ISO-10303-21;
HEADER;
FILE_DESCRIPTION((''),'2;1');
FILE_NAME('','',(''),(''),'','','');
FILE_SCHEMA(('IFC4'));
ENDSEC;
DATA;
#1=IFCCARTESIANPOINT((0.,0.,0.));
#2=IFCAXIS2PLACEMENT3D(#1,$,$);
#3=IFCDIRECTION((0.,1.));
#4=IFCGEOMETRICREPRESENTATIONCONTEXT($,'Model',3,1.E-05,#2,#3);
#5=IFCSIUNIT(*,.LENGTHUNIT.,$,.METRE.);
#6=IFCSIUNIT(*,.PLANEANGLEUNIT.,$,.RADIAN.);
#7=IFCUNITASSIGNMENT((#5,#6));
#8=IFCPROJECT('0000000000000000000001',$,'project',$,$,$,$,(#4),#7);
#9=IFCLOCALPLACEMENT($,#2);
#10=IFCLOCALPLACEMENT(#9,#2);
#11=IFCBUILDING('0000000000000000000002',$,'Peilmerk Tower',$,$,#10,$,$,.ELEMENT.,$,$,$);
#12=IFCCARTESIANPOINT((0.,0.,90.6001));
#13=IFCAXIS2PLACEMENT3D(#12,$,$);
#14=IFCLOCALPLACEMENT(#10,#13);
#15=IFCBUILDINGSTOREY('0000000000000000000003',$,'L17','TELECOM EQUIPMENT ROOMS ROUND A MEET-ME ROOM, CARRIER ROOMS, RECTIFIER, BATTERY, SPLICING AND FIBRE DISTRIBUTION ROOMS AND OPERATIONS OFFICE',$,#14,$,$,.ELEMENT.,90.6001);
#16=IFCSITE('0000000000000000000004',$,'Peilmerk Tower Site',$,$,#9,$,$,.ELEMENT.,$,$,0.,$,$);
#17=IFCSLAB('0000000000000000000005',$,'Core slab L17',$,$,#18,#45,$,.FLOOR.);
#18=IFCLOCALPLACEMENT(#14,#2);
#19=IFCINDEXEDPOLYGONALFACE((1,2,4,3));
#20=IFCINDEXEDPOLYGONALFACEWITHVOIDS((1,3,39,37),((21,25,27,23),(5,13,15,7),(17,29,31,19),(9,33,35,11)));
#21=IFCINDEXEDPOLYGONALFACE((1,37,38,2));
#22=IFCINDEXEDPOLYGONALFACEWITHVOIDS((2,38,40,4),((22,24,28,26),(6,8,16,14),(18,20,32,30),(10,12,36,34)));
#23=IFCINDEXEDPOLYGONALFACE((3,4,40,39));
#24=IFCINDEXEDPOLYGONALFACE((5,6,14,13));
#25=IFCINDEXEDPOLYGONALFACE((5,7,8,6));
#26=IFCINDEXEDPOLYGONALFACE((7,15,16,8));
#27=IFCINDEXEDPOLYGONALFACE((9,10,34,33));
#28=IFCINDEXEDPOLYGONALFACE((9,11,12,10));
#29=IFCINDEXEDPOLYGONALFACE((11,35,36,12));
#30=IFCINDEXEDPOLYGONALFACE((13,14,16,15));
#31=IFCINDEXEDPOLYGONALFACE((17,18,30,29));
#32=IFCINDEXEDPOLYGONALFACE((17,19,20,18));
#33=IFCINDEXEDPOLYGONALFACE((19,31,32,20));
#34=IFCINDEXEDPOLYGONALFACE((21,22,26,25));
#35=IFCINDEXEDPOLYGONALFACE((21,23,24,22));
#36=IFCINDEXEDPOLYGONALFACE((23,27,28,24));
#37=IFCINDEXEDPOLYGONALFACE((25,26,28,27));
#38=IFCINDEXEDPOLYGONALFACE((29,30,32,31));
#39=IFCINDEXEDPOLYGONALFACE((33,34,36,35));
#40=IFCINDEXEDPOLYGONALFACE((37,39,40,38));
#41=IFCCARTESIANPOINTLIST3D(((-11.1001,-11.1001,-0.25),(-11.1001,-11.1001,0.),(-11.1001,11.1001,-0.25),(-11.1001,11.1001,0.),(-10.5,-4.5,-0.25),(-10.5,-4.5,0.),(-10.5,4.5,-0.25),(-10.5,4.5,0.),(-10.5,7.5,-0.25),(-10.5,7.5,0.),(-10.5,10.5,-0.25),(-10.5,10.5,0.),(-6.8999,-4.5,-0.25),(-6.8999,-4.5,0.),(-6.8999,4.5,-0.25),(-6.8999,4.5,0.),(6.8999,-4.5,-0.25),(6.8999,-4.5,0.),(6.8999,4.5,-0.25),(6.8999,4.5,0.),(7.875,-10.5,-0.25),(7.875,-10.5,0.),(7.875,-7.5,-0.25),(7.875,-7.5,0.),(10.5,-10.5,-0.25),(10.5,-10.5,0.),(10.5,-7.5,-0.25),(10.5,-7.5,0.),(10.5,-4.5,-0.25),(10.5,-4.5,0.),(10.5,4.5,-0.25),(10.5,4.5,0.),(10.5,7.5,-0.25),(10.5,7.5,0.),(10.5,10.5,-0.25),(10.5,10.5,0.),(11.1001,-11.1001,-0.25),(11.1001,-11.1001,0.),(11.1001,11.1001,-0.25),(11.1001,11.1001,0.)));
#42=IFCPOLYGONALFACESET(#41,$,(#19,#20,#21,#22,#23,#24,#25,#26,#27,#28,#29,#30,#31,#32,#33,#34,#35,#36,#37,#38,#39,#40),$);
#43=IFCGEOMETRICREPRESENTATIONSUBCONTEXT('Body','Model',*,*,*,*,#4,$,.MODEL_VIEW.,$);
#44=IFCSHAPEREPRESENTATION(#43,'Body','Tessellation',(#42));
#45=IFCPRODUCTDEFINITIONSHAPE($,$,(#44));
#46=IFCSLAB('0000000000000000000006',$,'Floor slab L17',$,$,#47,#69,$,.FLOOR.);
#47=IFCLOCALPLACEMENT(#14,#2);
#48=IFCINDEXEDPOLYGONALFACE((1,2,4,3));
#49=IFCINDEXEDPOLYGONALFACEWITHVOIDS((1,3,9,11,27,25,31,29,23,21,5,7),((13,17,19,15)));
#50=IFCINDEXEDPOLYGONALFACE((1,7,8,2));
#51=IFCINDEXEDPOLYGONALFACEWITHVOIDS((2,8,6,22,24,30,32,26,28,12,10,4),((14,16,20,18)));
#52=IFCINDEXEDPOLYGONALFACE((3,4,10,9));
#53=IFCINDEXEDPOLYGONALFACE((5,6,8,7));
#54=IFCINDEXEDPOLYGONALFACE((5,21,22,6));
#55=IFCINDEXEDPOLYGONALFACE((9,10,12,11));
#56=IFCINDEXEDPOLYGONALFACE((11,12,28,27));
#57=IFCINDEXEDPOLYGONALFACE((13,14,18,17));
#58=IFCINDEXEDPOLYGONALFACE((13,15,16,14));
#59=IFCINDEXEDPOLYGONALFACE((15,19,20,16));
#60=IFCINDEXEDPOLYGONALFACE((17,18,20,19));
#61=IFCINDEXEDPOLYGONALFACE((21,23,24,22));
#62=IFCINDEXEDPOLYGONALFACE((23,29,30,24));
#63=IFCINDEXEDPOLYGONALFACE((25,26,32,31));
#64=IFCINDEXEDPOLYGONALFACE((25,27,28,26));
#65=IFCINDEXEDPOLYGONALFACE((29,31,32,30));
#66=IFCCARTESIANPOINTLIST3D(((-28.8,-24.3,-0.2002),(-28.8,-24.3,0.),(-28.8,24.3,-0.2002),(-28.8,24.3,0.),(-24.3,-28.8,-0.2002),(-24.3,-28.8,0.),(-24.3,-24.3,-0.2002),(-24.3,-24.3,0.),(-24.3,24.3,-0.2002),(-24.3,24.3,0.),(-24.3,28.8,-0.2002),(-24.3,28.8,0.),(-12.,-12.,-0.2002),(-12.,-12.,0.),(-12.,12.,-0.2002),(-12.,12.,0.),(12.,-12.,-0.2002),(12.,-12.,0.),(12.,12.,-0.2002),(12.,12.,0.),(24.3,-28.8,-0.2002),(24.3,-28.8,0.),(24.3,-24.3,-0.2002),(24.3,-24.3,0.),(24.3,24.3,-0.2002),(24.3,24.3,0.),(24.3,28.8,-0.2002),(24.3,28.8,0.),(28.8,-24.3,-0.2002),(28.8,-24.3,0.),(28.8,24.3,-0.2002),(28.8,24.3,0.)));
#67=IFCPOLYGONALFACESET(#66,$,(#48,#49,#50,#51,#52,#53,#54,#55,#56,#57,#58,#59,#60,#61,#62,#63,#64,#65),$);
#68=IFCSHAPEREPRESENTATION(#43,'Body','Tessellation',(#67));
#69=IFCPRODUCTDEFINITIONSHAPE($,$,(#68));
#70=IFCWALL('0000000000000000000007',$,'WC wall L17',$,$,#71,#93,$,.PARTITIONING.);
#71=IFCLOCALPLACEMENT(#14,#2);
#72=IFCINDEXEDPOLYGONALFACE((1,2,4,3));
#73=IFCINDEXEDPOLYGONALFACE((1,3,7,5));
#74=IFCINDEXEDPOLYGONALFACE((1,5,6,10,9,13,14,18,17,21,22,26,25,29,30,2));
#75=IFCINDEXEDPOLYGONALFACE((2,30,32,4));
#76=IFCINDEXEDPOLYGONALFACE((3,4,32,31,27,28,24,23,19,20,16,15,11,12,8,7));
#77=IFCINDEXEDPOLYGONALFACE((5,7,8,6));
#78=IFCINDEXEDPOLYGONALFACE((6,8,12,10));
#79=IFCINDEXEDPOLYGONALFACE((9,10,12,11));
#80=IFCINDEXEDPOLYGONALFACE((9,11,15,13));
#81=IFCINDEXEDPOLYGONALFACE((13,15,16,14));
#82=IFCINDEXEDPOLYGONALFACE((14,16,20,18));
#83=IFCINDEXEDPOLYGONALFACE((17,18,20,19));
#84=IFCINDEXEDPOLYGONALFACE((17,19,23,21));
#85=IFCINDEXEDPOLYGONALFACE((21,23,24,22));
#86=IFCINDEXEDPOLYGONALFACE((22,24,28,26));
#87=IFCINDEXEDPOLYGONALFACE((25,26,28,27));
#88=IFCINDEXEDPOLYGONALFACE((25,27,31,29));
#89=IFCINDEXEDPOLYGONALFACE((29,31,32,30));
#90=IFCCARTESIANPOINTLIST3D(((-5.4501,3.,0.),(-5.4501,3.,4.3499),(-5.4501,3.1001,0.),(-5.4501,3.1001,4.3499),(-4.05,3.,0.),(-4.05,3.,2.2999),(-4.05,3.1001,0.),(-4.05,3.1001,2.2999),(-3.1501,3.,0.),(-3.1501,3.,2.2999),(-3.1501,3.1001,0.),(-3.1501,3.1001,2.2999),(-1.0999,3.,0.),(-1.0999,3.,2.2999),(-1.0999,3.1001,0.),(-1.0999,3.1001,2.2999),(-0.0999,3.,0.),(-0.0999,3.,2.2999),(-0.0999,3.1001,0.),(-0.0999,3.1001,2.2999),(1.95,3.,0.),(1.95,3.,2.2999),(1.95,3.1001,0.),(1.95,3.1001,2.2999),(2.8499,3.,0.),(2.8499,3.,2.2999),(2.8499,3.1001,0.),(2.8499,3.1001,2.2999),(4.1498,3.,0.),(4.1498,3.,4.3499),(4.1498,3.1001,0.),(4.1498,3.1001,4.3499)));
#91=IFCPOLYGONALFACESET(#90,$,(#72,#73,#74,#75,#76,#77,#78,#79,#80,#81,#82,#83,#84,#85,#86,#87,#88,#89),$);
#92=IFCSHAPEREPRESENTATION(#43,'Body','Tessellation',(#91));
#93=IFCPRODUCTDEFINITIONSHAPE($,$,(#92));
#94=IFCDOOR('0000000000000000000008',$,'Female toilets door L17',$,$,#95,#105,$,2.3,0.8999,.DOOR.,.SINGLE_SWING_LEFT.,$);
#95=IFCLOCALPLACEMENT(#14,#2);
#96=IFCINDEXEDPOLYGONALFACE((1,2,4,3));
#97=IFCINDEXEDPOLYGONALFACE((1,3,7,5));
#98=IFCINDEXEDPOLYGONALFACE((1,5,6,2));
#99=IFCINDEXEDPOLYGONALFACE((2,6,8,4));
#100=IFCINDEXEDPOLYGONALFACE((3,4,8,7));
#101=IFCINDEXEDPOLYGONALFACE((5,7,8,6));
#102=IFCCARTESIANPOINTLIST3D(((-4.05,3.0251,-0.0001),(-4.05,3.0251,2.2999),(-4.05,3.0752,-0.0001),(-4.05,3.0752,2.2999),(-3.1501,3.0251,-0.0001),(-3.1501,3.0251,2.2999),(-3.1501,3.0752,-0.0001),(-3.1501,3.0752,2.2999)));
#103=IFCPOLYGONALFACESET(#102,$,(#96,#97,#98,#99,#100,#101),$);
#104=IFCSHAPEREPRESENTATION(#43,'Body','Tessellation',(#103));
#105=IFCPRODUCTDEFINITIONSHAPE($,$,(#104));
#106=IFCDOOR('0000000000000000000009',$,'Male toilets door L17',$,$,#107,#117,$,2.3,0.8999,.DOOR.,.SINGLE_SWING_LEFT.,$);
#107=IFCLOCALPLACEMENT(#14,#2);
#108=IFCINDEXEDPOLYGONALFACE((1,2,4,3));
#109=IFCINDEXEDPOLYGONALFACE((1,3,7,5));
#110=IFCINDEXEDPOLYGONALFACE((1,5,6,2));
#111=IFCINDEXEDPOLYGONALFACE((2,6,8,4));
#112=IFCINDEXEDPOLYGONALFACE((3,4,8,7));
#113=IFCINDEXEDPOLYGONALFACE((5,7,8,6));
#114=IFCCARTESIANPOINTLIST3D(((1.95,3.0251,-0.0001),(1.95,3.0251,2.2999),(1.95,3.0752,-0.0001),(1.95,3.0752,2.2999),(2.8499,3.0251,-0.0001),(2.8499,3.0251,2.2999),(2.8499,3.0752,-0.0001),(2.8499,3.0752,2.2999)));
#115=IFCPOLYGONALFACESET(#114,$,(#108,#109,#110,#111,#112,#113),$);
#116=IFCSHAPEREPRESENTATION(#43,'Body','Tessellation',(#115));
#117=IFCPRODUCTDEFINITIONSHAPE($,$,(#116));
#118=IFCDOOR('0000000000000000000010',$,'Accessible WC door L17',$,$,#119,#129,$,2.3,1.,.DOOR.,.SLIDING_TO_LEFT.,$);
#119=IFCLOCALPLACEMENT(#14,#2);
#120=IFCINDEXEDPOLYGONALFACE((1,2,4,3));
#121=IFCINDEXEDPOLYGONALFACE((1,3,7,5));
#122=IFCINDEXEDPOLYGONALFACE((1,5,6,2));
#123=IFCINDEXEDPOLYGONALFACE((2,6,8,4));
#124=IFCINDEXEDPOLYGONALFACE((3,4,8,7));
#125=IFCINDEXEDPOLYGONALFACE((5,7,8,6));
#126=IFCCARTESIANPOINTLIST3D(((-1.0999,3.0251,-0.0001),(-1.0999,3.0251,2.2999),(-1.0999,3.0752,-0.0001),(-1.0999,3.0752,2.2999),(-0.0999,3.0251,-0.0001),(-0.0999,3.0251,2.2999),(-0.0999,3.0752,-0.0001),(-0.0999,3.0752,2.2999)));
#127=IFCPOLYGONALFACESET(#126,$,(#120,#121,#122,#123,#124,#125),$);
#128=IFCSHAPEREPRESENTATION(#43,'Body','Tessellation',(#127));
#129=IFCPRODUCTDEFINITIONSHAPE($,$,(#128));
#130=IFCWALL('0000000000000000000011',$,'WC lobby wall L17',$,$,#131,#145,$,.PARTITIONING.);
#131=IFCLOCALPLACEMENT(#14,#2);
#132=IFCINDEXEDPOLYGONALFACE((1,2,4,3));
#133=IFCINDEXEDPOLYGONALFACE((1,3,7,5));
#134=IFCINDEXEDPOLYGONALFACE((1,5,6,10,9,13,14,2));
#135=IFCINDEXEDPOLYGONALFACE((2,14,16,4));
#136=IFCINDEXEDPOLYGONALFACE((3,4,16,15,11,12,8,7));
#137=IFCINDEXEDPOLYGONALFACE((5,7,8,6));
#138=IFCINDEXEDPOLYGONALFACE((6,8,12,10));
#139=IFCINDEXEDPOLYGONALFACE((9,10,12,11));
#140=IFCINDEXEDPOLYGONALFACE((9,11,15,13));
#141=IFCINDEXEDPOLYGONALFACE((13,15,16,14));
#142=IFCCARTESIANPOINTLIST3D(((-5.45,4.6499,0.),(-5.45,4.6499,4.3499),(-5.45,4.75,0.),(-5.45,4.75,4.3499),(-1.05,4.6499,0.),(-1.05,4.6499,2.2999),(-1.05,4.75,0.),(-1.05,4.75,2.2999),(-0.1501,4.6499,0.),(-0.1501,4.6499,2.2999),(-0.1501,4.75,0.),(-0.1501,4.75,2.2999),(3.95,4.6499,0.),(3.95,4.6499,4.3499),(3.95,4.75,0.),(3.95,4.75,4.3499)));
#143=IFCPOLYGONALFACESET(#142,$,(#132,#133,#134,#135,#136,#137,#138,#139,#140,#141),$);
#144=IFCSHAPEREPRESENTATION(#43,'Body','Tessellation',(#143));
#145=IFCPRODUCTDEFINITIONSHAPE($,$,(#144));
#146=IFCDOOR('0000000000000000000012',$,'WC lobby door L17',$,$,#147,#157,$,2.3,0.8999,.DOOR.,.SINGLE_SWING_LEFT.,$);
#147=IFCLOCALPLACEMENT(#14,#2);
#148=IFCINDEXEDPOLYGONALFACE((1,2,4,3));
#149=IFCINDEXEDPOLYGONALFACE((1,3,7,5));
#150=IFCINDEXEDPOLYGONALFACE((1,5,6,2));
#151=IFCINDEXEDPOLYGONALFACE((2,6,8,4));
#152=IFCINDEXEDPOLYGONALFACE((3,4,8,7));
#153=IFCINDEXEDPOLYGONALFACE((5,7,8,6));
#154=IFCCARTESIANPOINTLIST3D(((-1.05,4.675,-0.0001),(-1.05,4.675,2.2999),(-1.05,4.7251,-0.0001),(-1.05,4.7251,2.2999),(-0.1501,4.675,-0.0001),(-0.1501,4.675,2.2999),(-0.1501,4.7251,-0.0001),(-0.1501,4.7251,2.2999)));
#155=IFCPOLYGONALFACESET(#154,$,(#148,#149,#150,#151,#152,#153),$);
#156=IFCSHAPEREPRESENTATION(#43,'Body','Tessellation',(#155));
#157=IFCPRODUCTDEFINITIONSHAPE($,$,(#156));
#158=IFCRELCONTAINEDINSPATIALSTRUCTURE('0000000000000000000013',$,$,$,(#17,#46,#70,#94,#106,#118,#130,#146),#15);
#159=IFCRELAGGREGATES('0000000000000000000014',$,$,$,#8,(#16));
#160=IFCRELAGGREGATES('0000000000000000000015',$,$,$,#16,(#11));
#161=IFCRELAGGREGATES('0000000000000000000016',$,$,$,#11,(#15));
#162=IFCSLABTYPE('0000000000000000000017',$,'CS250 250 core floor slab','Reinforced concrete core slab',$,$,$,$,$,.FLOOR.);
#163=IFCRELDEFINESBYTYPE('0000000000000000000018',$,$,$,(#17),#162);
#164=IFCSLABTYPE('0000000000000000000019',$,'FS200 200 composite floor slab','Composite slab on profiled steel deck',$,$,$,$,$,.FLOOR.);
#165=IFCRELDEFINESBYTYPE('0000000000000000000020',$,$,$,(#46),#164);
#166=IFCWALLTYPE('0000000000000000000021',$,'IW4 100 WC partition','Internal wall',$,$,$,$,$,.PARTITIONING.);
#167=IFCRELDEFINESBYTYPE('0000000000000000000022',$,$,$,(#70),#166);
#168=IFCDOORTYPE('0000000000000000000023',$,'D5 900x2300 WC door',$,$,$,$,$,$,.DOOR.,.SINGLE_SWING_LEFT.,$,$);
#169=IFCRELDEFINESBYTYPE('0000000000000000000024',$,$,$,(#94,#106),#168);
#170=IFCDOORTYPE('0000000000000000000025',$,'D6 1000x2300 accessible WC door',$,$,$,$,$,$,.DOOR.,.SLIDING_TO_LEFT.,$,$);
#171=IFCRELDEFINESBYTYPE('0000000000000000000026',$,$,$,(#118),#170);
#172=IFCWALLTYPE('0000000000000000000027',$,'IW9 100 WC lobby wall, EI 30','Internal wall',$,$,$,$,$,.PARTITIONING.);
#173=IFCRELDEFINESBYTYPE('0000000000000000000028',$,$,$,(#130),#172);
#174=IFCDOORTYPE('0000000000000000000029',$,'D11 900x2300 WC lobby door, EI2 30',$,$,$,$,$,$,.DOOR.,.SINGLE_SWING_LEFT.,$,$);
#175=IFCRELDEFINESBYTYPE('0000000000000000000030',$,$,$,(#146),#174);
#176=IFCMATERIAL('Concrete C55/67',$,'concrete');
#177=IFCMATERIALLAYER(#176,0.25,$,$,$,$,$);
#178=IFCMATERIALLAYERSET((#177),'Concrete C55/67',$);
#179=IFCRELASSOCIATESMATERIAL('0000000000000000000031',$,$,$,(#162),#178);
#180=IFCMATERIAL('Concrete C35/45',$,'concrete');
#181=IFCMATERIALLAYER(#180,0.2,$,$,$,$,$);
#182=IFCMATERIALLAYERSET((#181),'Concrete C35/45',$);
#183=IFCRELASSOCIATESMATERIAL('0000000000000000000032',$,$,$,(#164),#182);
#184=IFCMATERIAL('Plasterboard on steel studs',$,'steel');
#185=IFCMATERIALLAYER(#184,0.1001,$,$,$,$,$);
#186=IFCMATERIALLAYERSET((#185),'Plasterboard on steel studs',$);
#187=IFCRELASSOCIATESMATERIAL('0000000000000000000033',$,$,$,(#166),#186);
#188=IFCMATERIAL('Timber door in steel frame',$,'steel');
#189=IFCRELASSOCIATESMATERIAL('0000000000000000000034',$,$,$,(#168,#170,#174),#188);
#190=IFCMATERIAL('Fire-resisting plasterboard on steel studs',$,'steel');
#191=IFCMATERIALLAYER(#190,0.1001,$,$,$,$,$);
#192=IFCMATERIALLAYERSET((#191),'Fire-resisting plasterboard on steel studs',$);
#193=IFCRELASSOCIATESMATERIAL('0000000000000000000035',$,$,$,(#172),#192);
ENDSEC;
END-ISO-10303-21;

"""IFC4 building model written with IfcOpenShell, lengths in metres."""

from ifc_helpers import new_model, si_unit, direction, frame, frame_2d, origin, place, context, subcontext, project, spatial, polyline, rectangle, outline, extrude, material, layer, layer_set, type_object, element, fill, save


model = new_model("IFC4")

# Units and contexts
model_context = context("Model", 3, precision=1e-05, world=origin(), true_north=direction((0.0, 1.0)))
body_context = subcontext(model_context, "Body", "Model", "MODEL_VIEW")
ifc_project = project(units=[si_unit("LENGTHUNIT", "METRE"), si_unit("PLANEANGLEUNIT", "RADIAN")], contexts=[model_context])

# Site, building, storey
site_placement = place(None, origin())
site = spatial("IfcSite", under=ifc_project, at=site_placement, Name="Peilmerk Tower Site", CompositionType="ELEMENT", RefElevation=0.0)
building_placement = place(site_placement, origin())
building = spatial("IfcBuilding", under=site, at=building_placement, Name="Peilmerk Tower", CompositionType="ELEMENT")
storey_placement = place(building_placement, frame((0.0, 0.0, 90.6001)))
storey = spatial("IfcBuildingStorey", under=building, at=storey_placement, Name="L17", Description="TELECOM EQUIPMENT ROOMS ROUND A MEET-ME ROOM, CARRIER ROOMS, RECTIFIER, BATTERY, SPLICING AND FIBRE DISTRIBUTION ROOMS AND OPERATIONS OFFICE", CompositionType="ELEMENT", Elevation=90.6001)

# Slabs
ifc_material_1 = material(Name="Concrete C55/67", Category="concrete")
ifc_layer_1 = layer(ifc_material_1, 0.25)
ifc_layer_set_1 = layer_set([ifc_layer_1], Name="Concrete C55/67")
slab_type_1 = type_object("IfcSlabType", Name="CS250 250 core floor slab", Description="Reinforced concrete core slab", PredefinedType="FLOOR", material=ifc_layer_set_1)
slab_1_placement = place(storey_placement, frame((0.0, 0.0, -0.25)))
element("IfcSlab", 1, at=slab_1_placement, inside=storey, type_object=slab_type_1, Name="Core slab L17", PredefinedType="FLOOR", context=body_context, shape_type="SweptSolid", body=[
    extrude(outline(polyline([(-11.1001, 11.1001), (-11.1001, -11.1001), (11.1001, -11.1001), (11.1001, 11.1001), (-11.1001, 11.1001)]), holes=[polyline([(10.5, 7.5), (-10.5, 7.5), (-10.5, 10.5), (10.5, 10.5), (10.5, 7.5)]), polyline([(7.875, -10.5), (7.875, -7.5), (10.5, -7.5), (10.5, -10.5), (7.875, -10.5)]), polyline([(-10.5, 4.5), (-6.8999, 4.5), (-6.8999, -4.5), (-10.5, -4.5), (-10.5, 4.5)]), polyline([(10.5, 4.5), (10.5, -4.5), (6.8999, -4.5), (6.8999, 4.5), (10.5, 4.5)])]), origin(), (0.0, 0.0, 1.0), 0.25),
])
ifc_material_2 = material(Name="Concrete C35/45", Category="concrete")
ifc_layer_2 = layer(ifc_material_2, 0.2)
ifc_layer_set_2 = layer_set([ifc_layer_2], Name="Concrete C35/45")
slab_type_2 = type_object("IfcSlabType", Name="FS200 200 composite floor slab", Description="Composite slab on profiled steel deck", PredefinedType="FLOOR", material=ifc_layer_set_2)
slab_2_placement = place(storey_placement, frame((0.0, 0.0, -0.2002)))
element("IfcSlab", 2, at=slab_2_placement, inside=storey, type_object=slab_type_2, Name="Floor slab L17", PredefinedType="FLOOR", context=body_context, shape_type="SweptSolid", body=[
    extrude(outline(polyline([(-24.3, -28.8), (24.3, -28.8), (24.3, -24.3), (28.8, -24.3), (28.8, 24.3), (24.3, 24.3), (24.3, 28.8), (-24.3, 28.8), (-24.3, 24.3), (-28.8, 24.3), (-28.8, -24.3), (-24.3, -24.3), (-24.3, -28.8)]), holes=[polyline([(12.0, 12.0), (12.0, -12.0), (-12.0, -12.0), (-12.0, 12.0), (12.0, 12.0)])]), origin(), (0.0, 0.0, 1.0), 0.2002),
])

# Wall, openings, doors
ifc_material_3 = material(Name="Plasterboard on steel studs", Category="steel")
ifc_layer_3 = layer(ifc_material_3, 0.1001)
ifc_layer_set_3 = layer_set([ifc_layer_3], Name="Plasterboard on steel studs")
wall_type_1 = type_object("IfcWallType", Name="IW4 100 WC partition", Description="Internal wall", PredefinedType="PARTITIONING", material=ifc_layer_set_3)
wall_1_placement = place(storey_placement, frame((-5.45, 3.05, 0.0), z_axis=(0.0, 0.0, 1.0), x_axis=(1.0, 0.0, 0.0)))
wall_1 = element("IfcWall", 3, at=wall_1_placement, inside=storey, type_object=wall_type_1, Name="WC wall L17", PredefinedType="PARTITIONING", context=body_context, shape_type="SweptSolid", body=[
    extrude(rectangle(XDim=9.5999, YDim=0.1001, at=frame_2d((4.7998, 0.0))), origin(), (0.0, 0.0, 1.0), 4.3499),
])
opening_1_placement = place(wall_1_placement, frame((1.3999, 0.0, 0.0)))
opening_1 = element("IfcOpeningElement", 4, at=opening_1_placement, cuts=wall_1, PredefinedType="OPENING", context=body_context, shape_type="SweptSolid", body=[
    extrude(rectangle(XDim=0.8999, YDim=2.3, at=frame_2d((0.45, 1.1499))), frame((0.0, 0.0601, 0.0), z_axis=(0.0, -1.0, 0.0), x_axis=(1.0, 0.0, 0.0)), (0.0, 0.0, 1.0), 0.1201),
])
opening_2_placement = place(wall_1_placement, frame((4.3501, 0.0, 0.0)))
opening_2 = element("IfcOpeningElement", 5, at=opening_2_placement, cuts=wall_1, PredefinedType="OPENING", context=body_context, shape_type="SweptSolid", body=[
    extrude(rectangle(XDim=1.0, YDim=2.3, at=frame_2d((0.5, 1.1499))), frame((0.0, 0.0601, 0.0), z_axis=(0.0, -1.0, 0.0), x_axis=(1.0, 0.0, 0.0)), (0.0, 0.0, 1.0), 0.1201),
])
opening_3_placement = place(wall_1_placement, frame((7.3999, 0.0, 0.0)))
opening_3 = element("IfcOpeningElement", 6, at=opening_3_placement, cuts=wall_1, PredefinedType="OPENING", context=body_context, shape_type="SweptSolid", body=[
    extrude(rectangle(XDim=0.8999, YDim=2.3, at=frame_2d((0.45, 1.1499))), frame((0.0, 0.0601, 0.0), z_axis=(0.0, -1.0, 0.0), x_axis=(1.0, 0.0, 0.0)), (0.0, 0.0, 1.0), 0.1201),
])
ifc_material_4 = material(Name="Timber door in steel frame", Category="steel")
door_type_1 = type_object("IfcDoorType", Name="D5 900x2300 WC door", OperationType="SINGLE_SWING_LEFT", PredefinedType="DOOR", material=ifc_material_4)
door_1_placement = place(opening_1_placement, frame((0.8999, 0.0, 0.0), z_axis=(0.0, 0.0, 1.0), x_axis=(-1.0, 0.0, 0.0)))
door_1 = element("IfcDoor", 7, at=door_1_placement, inside=storey, type_object=door_type_1, Name="Female toilets door L17", OperationType="SINGLE_SWING_LEFT", OverallHeight=2.3, OverallWidth=0.8999, PredefinedType="DOOR", context=body_context, shape_type="SweptSolid", body=[
    extrude(rectangle(XDim=0.8999, YDim=2.3, at=frame_2d((0.45, 1.1499))), frame((0.0, 0.0249, 0.0), z_axis=(0.0, -1.0, 0.0), x_axis=(1.0, 0.0, 0.0)), (0.0, 0.0, 1.0), 0.05),
])
fill(opening_1, door_1)
door_2_placement = place(opening_3_placement, frame((0.8999, 0.0, 0.0), z_axis=(0.0, 0.0, 1.0), x_axis=(-1.0, 0.0, 0.0)))
door_2 = element("IfcDoor", 8, at=door_2_placement, inside=storey, type_object=door_type_1, Name="Male toilets door L17", OperationType="SINGLE_SWING_LEFT", OverallHeight=2.3, OverallWidth=0.8999, PredefinedType="DOOR", context=body_context, shape_type="SweptSolid", body=[
    extrude(rectangle(XDim=0.8999, YDim=2.3, at=frame_2d((0.45, 1.1499))), frame((0.0, 0.0249, 0.0), z_axis=(0.0, -1.0, 0.0), x_axis=(1.0, 0.0, 0.0)), (0.0, 0.0, 1.0), 0.05),
])
fill(opening_3, door_2)
door_type_2 = type_object("IfcDoorType", Name="D6 1000x2300 accessible WC door", OperationType="SLIDING_TO_LEFT", PredefinedType="DOOR", material=ifc_material_4)
door_3_placement = place(opening_2_placement, frame((1.0, 0.0, 0.0), z_axis=(0.0, 0.0, 1.0), x_axis=(-1.0, 0.0, 0.0)))
door_3 = element("IfcDoor", 9, at=door_3_placement, inside=storey, type_object=door_type_2, Name="Accessible WC door L17", OperationType="SLIDING_TO_LEFT", OverallHeight=2.3, OverallWidth=1.0, PredefinedType="DOOR", context=body_context, shape_type="SweptSolid", body=[
    extrude(rectangle(XDim=1.0, YDim=2.3, at=frame_2d((0.5, 1.1499))), frame((0.0, 0.0249, 0.0), z_axis=(0.0, -1.0, 0.0), x_axis=(1.0, 0.0, 0.0)), (0.0, 0.0, 1.0), 0.05),
])
fill(opening_2, door_3)

# Wall, opening, door
ifc_material_5 = material(Name="Fire-resisting plasterboard on steel studs", Category="steel")
ifc_layer_4 = layer(ifc_material_5, 0.1001)
ifc_layer_set_4 = layer_set([ifc_layer_4], Name="Fire-resisting plasterboard on steel studs")
wall_type_2 = type_object("IfcWallType", Name="IW9 100 WC lobby wall, EI 30", Description="Internal wall", PredefinedType="PARTITIONING", material=ifc_layer_set_4)
wall_2_placement = place(storey_placement, frame((-5.45, 4.7, 0.0), z_axis=(0.0, 0.0, 1.0), x_axis=(1.0, 0.0, 0.0)))
wall_2 = element("IfcWall", 10, at=wall_2_placement, inside=storey, type_object=wall_type_2, Name="WC lobby wall L17", PredefinedType="PARTITIONING", context=body_context, shape_type="SweptSolid", body=[
    extrude(rectangle(XDim=9.3999, YDim=0.1001, at=frame_2d((4.7, 0.0))), origin(), (0.0, 0.0, 1.0), 4.3499),
])
opening_4_placement = place(wall_2_placement, frame((4.3999, 0.0, 0.0)))
opening_4 = element("IfcOpeningElement", 11, at=opening_4_placement, cuts=wall_2, PredefinedType="OPENING", context=body_context, shape_type="SweptSolid", body=[
    extrude(rectangle(XDim=0.8999, YDim=2.3, at=frame_2d((0.45, 1.1499))), frame((0.0, 0.0601, 0.0), z_axis=(0.0, -1.0, 0.0), x_axis=(1.0, 0.0, 0.0)), (0.0, 0.0, 1.0), 0.1201),
])
door_type_3 = type_object("IfcDoorType", Name="D11 900x2300 WC lobby door, EI2 30", OperationType="SINGLE_SWING_LEFT", PredefinedType="DOOR", material=ifc_material_4)
door_4_placement = place(opening_4_placement, frame((0.8999, 0.0, 0.0), z_axis=(0.0, 0.0, 1.0), x_axis=(-1.0, 0.0, 0.0)))
door_4 = element("IfcDoor", 12, at=door_4_placement, inside=storey, type_object=door_type_3, Name="WC lobby door L17", OperationType="SINGLE_SWING_LEFT", OverallHeight=2.3, OverallWidth=0.8999, PredefinedType="DOOR", context=body_context, shape_type="SweptSolid", body=[
    extrude(rectangle(XDim=0.8999, YDim=2.3, at=frame_2d((0.45, 1.1499))), frame((0.0, 0.0249, 0.0), z_axis=(0.0, -1.0, 0.0), x_axis=(1.0, 0.0, 0.0)), (0.0, 0.0, 1.0), 0.05),
])
fill(opening_4, door_4)

save(model, "model.ifc")
